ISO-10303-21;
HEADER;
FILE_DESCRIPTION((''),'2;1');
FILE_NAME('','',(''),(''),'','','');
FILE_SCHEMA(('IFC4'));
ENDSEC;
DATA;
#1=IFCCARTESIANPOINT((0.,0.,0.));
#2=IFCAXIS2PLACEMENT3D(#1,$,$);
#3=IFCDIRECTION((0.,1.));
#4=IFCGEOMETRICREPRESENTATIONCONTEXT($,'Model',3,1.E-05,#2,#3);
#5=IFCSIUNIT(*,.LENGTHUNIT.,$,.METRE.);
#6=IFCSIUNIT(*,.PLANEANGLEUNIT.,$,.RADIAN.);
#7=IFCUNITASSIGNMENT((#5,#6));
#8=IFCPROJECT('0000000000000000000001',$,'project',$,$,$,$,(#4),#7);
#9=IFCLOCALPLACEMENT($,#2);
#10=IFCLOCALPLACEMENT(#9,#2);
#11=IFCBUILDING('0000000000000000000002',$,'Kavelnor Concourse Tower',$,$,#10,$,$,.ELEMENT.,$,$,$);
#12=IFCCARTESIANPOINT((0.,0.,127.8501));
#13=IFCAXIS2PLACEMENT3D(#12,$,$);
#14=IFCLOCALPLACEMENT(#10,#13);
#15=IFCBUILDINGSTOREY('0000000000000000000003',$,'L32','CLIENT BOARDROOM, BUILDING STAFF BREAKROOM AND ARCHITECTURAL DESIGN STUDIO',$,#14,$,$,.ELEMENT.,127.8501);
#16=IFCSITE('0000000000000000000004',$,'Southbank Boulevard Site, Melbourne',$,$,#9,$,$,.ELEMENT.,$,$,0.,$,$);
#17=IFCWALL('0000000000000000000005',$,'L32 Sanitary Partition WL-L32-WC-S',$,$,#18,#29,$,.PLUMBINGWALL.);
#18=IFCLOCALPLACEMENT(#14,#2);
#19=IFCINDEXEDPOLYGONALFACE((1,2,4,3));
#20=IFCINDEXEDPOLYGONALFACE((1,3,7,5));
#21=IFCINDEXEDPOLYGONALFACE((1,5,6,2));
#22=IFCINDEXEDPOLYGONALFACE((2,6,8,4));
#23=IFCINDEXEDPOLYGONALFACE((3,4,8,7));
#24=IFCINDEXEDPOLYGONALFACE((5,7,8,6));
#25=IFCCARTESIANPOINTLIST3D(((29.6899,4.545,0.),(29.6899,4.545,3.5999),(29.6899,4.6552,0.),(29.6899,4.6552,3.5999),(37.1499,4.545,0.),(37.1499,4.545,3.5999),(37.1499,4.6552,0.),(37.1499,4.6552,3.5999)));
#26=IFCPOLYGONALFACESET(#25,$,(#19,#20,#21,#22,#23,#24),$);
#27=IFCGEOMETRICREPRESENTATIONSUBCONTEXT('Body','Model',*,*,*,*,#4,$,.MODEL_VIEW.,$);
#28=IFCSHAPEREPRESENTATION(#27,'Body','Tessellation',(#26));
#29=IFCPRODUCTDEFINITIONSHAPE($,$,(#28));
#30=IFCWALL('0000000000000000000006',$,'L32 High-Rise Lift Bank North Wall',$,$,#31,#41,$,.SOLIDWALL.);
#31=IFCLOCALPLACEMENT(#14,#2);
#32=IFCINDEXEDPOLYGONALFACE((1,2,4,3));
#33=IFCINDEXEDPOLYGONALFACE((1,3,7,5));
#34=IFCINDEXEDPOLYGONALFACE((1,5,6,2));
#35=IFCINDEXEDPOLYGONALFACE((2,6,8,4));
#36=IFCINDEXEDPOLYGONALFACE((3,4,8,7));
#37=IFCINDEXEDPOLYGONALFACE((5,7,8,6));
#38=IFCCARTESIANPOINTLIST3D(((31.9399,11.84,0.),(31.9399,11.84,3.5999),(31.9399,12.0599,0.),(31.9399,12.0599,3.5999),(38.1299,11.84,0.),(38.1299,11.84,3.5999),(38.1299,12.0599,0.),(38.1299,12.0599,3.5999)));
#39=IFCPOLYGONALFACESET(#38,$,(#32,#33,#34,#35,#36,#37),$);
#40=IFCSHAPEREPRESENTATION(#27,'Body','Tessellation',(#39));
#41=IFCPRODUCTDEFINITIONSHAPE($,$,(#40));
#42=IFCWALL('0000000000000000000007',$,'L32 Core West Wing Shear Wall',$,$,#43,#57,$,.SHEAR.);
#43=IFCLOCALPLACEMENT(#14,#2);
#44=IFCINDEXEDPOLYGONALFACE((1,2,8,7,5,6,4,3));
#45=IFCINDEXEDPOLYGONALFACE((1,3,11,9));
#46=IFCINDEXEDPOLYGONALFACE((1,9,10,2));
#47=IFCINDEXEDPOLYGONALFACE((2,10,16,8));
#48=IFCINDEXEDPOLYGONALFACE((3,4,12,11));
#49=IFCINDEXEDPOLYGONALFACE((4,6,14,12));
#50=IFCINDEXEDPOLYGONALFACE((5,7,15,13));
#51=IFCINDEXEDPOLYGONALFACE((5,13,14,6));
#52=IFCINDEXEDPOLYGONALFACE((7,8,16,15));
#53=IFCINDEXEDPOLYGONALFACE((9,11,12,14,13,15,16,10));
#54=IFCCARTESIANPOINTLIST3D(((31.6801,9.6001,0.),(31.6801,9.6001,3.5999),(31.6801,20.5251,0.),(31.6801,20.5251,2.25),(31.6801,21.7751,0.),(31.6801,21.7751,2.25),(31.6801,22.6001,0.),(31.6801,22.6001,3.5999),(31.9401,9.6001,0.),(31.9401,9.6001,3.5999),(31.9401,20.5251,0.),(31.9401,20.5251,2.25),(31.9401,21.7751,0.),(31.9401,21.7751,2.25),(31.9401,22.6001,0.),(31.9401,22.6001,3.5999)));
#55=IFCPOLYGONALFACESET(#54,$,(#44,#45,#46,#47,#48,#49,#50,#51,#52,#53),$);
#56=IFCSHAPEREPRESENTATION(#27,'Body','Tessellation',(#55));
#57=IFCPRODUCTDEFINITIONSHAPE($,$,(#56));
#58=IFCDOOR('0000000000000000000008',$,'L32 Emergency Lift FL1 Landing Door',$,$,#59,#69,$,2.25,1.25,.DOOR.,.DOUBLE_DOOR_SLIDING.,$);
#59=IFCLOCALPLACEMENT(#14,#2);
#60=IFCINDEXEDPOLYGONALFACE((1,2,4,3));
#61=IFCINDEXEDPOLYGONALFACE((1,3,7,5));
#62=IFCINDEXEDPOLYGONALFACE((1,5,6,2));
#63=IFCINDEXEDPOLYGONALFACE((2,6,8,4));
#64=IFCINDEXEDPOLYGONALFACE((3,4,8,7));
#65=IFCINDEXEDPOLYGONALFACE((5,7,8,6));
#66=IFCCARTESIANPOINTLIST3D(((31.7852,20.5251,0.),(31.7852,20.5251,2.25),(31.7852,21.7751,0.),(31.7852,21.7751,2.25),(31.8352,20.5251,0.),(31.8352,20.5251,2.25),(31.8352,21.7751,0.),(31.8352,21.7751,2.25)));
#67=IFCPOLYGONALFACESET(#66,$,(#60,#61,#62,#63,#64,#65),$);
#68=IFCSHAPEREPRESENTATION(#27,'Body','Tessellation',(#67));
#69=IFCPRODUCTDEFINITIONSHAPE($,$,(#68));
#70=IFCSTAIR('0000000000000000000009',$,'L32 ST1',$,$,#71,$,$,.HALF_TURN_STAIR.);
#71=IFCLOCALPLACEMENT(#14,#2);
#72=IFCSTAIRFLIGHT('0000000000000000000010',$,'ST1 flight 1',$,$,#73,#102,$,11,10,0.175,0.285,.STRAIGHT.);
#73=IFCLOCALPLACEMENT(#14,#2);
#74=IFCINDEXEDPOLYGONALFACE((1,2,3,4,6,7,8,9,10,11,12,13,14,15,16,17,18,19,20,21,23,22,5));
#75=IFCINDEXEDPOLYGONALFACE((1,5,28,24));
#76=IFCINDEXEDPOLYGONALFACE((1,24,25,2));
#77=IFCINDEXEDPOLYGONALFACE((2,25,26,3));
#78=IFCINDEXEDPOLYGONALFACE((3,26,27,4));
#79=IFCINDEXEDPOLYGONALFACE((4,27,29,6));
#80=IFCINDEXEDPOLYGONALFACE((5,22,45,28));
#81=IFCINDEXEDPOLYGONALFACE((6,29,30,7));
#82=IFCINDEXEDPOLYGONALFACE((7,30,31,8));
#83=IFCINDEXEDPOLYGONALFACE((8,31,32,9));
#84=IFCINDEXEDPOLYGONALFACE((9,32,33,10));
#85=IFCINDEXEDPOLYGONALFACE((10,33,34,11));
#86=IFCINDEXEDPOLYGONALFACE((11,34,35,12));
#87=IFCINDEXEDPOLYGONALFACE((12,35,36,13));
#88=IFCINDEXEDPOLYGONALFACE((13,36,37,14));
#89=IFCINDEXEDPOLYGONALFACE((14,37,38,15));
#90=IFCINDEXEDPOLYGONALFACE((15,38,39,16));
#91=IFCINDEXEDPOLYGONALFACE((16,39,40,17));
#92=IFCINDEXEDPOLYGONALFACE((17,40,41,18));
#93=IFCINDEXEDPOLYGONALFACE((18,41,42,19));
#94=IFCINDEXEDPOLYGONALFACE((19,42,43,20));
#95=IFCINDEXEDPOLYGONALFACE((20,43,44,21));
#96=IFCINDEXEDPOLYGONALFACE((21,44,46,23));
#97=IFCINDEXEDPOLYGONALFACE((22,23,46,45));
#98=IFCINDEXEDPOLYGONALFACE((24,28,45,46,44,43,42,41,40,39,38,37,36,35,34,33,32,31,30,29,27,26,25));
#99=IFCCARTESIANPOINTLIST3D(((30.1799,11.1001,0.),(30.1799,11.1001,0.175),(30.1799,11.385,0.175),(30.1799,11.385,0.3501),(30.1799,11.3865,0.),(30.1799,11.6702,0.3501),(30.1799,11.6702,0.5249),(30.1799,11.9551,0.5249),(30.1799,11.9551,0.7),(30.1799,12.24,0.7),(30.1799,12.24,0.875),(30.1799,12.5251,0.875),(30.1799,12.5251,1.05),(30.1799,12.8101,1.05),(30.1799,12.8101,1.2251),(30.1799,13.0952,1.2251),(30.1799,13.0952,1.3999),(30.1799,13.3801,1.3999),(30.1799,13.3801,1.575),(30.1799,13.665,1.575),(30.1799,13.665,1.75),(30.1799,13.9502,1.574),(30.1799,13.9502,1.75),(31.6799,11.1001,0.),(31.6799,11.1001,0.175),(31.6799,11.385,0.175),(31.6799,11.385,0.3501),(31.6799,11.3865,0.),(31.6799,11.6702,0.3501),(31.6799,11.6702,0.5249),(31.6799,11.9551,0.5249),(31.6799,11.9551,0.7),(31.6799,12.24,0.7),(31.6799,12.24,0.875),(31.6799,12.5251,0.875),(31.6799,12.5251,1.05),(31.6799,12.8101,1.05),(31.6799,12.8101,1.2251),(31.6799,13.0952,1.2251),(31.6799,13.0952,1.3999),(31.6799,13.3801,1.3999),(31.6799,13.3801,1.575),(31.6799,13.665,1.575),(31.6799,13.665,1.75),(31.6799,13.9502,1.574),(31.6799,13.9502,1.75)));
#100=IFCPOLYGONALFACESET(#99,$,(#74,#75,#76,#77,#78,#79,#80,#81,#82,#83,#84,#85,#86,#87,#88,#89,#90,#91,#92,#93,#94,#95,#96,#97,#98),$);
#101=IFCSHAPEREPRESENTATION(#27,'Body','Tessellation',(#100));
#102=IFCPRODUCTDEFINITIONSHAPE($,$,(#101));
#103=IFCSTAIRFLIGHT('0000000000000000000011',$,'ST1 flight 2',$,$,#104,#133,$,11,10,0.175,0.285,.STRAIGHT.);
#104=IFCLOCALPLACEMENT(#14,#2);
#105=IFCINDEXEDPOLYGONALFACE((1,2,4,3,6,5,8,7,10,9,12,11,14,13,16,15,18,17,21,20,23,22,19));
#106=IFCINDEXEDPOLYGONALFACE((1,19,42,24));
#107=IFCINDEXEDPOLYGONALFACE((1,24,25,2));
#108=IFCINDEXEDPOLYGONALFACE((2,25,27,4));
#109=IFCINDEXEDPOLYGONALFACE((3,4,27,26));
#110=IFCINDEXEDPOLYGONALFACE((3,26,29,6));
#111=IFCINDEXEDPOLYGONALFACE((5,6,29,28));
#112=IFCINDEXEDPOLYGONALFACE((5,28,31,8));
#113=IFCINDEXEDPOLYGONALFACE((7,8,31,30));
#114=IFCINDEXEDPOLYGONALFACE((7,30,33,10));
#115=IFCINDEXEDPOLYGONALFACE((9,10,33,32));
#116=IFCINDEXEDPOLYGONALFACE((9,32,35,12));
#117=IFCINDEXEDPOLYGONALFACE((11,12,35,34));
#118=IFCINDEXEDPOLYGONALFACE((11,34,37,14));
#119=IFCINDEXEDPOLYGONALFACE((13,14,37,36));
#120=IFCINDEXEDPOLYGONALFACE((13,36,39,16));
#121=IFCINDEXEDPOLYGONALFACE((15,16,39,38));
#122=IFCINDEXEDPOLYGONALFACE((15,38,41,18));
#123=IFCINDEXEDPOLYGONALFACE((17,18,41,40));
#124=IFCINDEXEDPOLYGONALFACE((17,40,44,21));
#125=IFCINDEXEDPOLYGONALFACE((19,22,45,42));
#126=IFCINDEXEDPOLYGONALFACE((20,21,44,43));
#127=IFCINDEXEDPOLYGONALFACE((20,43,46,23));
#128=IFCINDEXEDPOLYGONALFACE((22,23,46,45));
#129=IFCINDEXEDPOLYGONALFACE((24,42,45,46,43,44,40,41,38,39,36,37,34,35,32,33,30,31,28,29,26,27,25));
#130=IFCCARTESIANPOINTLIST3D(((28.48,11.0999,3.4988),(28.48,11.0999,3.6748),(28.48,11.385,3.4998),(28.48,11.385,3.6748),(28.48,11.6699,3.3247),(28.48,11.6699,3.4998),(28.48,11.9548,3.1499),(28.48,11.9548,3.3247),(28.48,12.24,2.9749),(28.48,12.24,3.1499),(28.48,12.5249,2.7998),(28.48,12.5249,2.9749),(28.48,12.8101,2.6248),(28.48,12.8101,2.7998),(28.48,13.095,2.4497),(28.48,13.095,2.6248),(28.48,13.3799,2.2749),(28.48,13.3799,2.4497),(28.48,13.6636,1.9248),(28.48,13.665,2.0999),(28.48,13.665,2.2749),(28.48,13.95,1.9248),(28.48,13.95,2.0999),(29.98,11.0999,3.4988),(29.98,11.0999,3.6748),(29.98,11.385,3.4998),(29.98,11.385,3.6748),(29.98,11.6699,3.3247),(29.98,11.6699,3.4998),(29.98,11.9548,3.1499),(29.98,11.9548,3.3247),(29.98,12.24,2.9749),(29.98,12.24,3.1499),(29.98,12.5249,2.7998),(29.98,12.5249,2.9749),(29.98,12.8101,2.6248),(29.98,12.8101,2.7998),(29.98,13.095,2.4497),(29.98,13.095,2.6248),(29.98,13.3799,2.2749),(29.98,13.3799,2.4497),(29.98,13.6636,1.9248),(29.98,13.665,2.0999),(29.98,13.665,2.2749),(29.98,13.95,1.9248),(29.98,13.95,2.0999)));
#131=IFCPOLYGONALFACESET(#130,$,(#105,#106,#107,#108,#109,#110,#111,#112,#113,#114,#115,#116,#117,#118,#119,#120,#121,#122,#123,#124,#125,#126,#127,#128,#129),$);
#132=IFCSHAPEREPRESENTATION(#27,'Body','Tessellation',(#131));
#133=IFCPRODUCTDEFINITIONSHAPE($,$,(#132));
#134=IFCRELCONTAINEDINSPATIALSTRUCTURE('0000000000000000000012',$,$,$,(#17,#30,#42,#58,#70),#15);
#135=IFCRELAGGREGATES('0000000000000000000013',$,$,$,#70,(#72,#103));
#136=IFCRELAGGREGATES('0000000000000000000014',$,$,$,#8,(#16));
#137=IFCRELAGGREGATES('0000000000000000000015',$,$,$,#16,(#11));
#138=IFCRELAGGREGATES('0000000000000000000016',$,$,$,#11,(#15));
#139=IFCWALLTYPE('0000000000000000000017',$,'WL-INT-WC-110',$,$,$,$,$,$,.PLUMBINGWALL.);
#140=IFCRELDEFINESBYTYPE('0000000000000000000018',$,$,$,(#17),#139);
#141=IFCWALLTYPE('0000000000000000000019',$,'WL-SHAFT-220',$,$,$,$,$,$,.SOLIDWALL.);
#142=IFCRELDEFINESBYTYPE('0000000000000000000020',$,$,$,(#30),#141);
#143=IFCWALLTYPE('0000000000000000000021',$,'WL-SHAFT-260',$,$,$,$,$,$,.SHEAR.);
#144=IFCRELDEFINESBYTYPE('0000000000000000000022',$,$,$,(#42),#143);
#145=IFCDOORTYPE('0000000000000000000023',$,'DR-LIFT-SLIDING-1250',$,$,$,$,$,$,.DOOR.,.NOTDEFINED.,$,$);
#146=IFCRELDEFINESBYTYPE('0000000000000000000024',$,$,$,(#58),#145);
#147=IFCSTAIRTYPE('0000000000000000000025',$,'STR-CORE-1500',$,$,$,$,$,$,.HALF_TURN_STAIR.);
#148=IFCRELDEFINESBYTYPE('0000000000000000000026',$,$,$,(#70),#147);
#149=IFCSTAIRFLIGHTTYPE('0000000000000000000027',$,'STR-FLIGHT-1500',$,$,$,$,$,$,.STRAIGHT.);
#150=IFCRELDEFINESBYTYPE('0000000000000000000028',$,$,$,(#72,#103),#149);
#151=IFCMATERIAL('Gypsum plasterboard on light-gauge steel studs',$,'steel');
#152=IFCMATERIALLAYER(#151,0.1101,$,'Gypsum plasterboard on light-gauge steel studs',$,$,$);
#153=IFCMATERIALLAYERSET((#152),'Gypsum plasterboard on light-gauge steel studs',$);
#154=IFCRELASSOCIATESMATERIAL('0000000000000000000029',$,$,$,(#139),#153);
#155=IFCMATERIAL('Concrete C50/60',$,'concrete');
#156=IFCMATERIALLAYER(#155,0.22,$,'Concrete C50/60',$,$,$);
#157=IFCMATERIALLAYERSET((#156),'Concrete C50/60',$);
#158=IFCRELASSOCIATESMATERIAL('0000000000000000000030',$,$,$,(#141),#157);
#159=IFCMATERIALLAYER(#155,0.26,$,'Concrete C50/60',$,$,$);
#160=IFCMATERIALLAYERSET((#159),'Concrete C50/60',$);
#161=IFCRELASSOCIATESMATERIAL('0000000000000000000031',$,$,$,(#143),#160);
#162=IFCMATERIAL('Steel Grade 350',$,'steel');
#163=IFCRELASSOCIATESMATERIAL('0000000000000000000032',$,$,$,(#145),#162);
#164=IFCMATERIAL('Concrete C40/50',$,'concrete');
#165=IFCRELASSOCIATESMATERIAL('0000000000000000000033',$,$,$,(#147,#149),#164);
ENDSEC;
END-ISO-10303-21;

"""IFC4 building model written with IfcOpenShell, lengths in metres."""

from ifc_helpers import new_model, si_unit, direction, frame, frame_2d, origin, place, context, subcontext, project, spatial, polyline, rectangle, outline, extrude, material, layer, layer_set, type_object, element, fill, aggregate, save


model = new_model("IFC4")

# Units and contexts
model_context = context("Model", 3, precision=1e-05, world=origin(), true_north=direction((0.0, 1.0)))
body_context = subcontext(model_context, "Body", "Model", "MODEL_VIEW")
ifc_project = project(units=[si_unit("LENGTHUNIT", "METRE"), si_unit("PLANEANGLEUNIT", "RADIAN")], contexts=[model_context])

# Site, building, storey
site_placement = place(None, origin())
site = spatial("IfcSite", under=ifc_project, at=site_placement, Name="Southbank Boulevard Site, Melbourne", CompositionType="ELEMENT", RefElevation=0.0)
building_placement = place(site_placement, origin())
building = spatial("IfcBuilding", under=site, at=building_placement, Name="Kavelnor Concourse Tower", CompositionType="ELEMENT")
storey_placement = place(building_placement, frame((0.0, 0.0, 127.8501)))
storey = spatial("IfcBuildingStorey", under=building, at=storey_placement, Name="L32", Description="CLIENT BOARDROOM, BUILDING STAFF BREAKROOM AND ARCHITECTURAL DESIGN STUDIO", CompositionType="ELEMENT", Elevation=127.8501)

# Shared definitions
ifc_material_1 = material(Name="Steel Grade 350", Category="steel")

# Walls
ifc_material_2 = material(Name="Gypsum plasterboard on light-gauge steel studs", Category="steel")
ifc_layer_1 = layer(ifc_material_2, 0.1101, Name="Gypsum plasterboard on light-gauge steel studs")
ifc_layer_set_1 = layer_set([ifc_layer_1], Name="Gypsum plasterboard on light-gauge steel studs")
wall_type_1 = type_object("IfcWallType", Name="WL-INT-WC-110", PredefinedType="PLUMBINGWALL", material=ifc_layer_set_1)
wall_1_placement = place(storey_placement, frame((29.6899, 4.6001, 0.0), z_axis=(0.0, 0.0, 1.0), x_axis=(1.0, 0.0, 0.0)))
element("IfcWall", 1, at=wall_1_placement, inside=storey, type_object=wall_type_1, Name="L32 Sanitary Partition WL-L32-WC-S", PredefinedType="PLUMBINGWALL", context=body_context, shape_type="SweptSolid", body=[
    extrude(rectangle(XDim=7.46, YDim=0.1101, at=frame_2d((3.73, 0.0))), origin(), (0.0, 0.0, 1.0), 3.5999),
])
ifc_material_3 = material(Name="Concrete C50/60", Category="concrete")
ifc_layer_2 = layer(ifc_material_3, 0.22, Name="Concrete C50/60")
ifc_layer_set_2 = layer_set([ifc_layer_2], Name="Concrete C50/60")
wall_type_2 = type_object("IfcWallType", Name="WL-SHAFT-220", PredefinedType="SOLIDWALL", material=ifc_layer_set_2)
wall_2_placement = place(storey_placement, frame((31.9399, 11.95, 0.0), z_axis=(0.0, 0.0, 1.0), x_axis=(1.0, 0.0, 0.0)))
element("IfcWall", 2, at=wall_2_placement, inside=storey, type_object=wall_type_2, Name="L32 High-Rise Lift Bank North Wall", PredefinedType="SOLIDWALL", context=body_context, shape_type="SweptSolid", body=[
    extrude(rectangle(XDim=6.1899, YDim=0.22, at=frame_2d((3.095, 0.0))), origin(), (0.0, 0.0, 1.0), 3.5999),
])

# Wall, opening, door
ifc_layer_3 = layer(ifc_material_3, 0.26, Name="Concrete C50/60")
ifc_layer_set_3 = layer_set([ifc_layer_3], Name="Concrete C50/60")
wall_type_3 = type_object("IfcWallType", Name="WL-SHAFT-260", PredefinedType="SHEAR", material=ifc_layer_set_3)
wall_3_placement = place(storey_placement, frame((31.8101, 9.6001, 0.0), z_axis=(0.0, 0.0, 1.0), x_axis=(0.0, 1.0, 0.0)))
wall_3 = element("IfcWall", 3, at=wall_3_placement, inside=storey, type_object=wall_type_3, Name="L32 Core West Wing Shear Wall", PredefinedType="SHEAR", context=body_context, shape_type="SweptSolid", body=[
    extrude(rectangle(XDim=13.0, YDim=0.26, at=frame_2d((6.5, 0.0))), origin(), (0.0, 0.0, 1.0), 3.5999),
])
opening_1_placement = place(wall_3_placement, frame((10.925, 0.0, 0.0)))
opening_1 = element("IfcOpeningElement", 4, at=opening_1_placement, cuts=wall_3, PredefinedType="OPENING", context=body_context, shape_type="SweptSolid", body=[
    extrude(rectangle(XDim=1.25, YDim=2.25, at=frame_2d((0.625, 1.125))), frame((0.0, 0.1401, 0.0), z_axis=(0.0, -1.0, 0.0), x_axis=(1.0, 0.0, 0.0)), (0.0, 0.0, 1.0), 0.28),
])
door_type_1 = type_object("IfcDoorType", Name="DR-LIFT-SLIDING-1250", OperationType="NOTDEFINED", PredefinedType="DOOR", material=ifc_material_1)
door_1_placement = place(opening_1_placement, origin())
door_1 = element("IfcDoor", 5, at=door_1_placement, inside=storey, type_object=door_type_1, Name="L32 Emergency Lift FL1 Landing Door", OperationType="DOUBLE_DOOR_SLIDING", OverallHeight=2.25, OverallWidth=1.25, PredefinedType="DOOR", context=body_context, shape_type="SweptSolid", body=[
    extrude(rectangle(XDim=1.25, YDim=2.25, at=frame_2d((0.625, 1.125))), frame((0.0, 0.0249, 0.0), z_axis=(0.0, -1.0, 0.0), x_axis=(1.0, 0.0, 0.0)), (0.0, 0.0, 1.0), 0.05),
])
fill(opening_1, door_1)

# Stair, stair flights
ifc_material_4 = material(Name="Concrete C40/50", Category="concrete")
stair_type = type_object("IfcStairType", Name="STR-CORE-1500", PredefinedType="HALF_TURN_STAIR", material=ifc_material_4)
stair_placement = place(storey_placement, origin())
stair = element("IfcStair", 6, at=stair_placement, inside=storey, type_object=stair_type, Name="L32 ST1", PredefinedType="HALF_TURN_STAIR")
stair_flight_type = type_object("IfcStairFlightType", Name="STR-FLIGHT-1500", PredefinedType="STRAIGHT", material=ifc_material_4)
stair_flight_1_placement = place(storey_placement, frame((30.9299, 11.1001, 0.0), z_axis=(0.0, 0.0, 1.0), x_axis=(0.0, 1.0, 0.0)))
stair_flight_1 = element("IfcStairFlight", 7, at=stair_flight_1_placement, type_object=stair_flight_type, Name="ST1 flight 1", NumberOfRisers=11, NumberOfTreads=10, PredefinedType="STRAIGHT", RiserHeight=0.175, TreadLength=0.285, context=body_context, shape_type="SweptSolid", body=[
    extrude(outline(polyline([(0.0, 0.0), (0.0, 0.175), (0.2849, 0.175), (0.2849, 0.3501), (0.5701, 0.3501), (0.5701, 0.5249), (0.855, 0.5249), (0.855, 0.7), (1.1399, 0.7), (1.1399, 0.875), (1.425, 0.875), (1.425, 1.05), (1.71, 1.05), (1.71, 1.2251), (1.9951, 1.2251), (1.9951, 1.3999), (2.28, 1.3999), (2.28, 1.575), (2.5649, 1.575), (2.5649, 1.75), (2.8501, 1.75), (2.8501, 1.925), (2.8501, 1.574), (0.2864, 0.0), (0.0, 0.0)])), frame((0.0, 0.75, 0.0), z_axis=(0.0, -1.0, 0.0), x_axis=(1.0, 0.0, 0.0)), (0.0, 0.0, 1.0), 1.5),
])
stair_flight_2_placement = place(storey_placement, frame((29.23, 13.95, 1.9248), z_axis=(0.0, 0.0, 1.0), x_axis=(0.0, -1.0, 0.0)))
stair_flight_2 = element("IfcStairFlight", 8, at=stair_flight_2_placement, type_object=stair_flight_type, Name="ST1 flight 2", NumberOfRisers=11, NumberOfTreads=10, PredefinedType="STRAIGHT", RiserHeight=0.175, TreadLength=0.285, context=body_context, shape_type="SweptSolid", body=[
    extrude(outline(polyline([(0.0, 0.0), (0.0, 0.175), (0.2849, 0.175), (0.2849, 0.3501), (0.5701, 0.3501), (0.5701, 0.5249), (0.855, 0.5249), (0.855, 0.7), (1.1399, 0.7), (1.1399, 0.875), (1.425, 0.875), (1.425, 1.05), (1.71, 1.05), (1.71, 1.2251), (1.9951, 1.2251), (1.9951, 1.3999), (2.28, 1.3999), (2.28, 1.575), (2.5649, 1.575), (2.5649, 1.75), (2.8501, 1.75), (2.8501, 1.925), (2.8501, 1.574), (0.2864, 0.0), (0.0, 0.0)])), frame((0.0, 0.75, 0.0), z_axis=(0.0, -1.0, 0.0), x_axis=(1.0, 0.0, 0.0)), (0.0, 0.0, 1.0), 1.5),
])
aggregate(stair, [stair_flight_1, stair_flight_2])

save(model, "model.ifc")
